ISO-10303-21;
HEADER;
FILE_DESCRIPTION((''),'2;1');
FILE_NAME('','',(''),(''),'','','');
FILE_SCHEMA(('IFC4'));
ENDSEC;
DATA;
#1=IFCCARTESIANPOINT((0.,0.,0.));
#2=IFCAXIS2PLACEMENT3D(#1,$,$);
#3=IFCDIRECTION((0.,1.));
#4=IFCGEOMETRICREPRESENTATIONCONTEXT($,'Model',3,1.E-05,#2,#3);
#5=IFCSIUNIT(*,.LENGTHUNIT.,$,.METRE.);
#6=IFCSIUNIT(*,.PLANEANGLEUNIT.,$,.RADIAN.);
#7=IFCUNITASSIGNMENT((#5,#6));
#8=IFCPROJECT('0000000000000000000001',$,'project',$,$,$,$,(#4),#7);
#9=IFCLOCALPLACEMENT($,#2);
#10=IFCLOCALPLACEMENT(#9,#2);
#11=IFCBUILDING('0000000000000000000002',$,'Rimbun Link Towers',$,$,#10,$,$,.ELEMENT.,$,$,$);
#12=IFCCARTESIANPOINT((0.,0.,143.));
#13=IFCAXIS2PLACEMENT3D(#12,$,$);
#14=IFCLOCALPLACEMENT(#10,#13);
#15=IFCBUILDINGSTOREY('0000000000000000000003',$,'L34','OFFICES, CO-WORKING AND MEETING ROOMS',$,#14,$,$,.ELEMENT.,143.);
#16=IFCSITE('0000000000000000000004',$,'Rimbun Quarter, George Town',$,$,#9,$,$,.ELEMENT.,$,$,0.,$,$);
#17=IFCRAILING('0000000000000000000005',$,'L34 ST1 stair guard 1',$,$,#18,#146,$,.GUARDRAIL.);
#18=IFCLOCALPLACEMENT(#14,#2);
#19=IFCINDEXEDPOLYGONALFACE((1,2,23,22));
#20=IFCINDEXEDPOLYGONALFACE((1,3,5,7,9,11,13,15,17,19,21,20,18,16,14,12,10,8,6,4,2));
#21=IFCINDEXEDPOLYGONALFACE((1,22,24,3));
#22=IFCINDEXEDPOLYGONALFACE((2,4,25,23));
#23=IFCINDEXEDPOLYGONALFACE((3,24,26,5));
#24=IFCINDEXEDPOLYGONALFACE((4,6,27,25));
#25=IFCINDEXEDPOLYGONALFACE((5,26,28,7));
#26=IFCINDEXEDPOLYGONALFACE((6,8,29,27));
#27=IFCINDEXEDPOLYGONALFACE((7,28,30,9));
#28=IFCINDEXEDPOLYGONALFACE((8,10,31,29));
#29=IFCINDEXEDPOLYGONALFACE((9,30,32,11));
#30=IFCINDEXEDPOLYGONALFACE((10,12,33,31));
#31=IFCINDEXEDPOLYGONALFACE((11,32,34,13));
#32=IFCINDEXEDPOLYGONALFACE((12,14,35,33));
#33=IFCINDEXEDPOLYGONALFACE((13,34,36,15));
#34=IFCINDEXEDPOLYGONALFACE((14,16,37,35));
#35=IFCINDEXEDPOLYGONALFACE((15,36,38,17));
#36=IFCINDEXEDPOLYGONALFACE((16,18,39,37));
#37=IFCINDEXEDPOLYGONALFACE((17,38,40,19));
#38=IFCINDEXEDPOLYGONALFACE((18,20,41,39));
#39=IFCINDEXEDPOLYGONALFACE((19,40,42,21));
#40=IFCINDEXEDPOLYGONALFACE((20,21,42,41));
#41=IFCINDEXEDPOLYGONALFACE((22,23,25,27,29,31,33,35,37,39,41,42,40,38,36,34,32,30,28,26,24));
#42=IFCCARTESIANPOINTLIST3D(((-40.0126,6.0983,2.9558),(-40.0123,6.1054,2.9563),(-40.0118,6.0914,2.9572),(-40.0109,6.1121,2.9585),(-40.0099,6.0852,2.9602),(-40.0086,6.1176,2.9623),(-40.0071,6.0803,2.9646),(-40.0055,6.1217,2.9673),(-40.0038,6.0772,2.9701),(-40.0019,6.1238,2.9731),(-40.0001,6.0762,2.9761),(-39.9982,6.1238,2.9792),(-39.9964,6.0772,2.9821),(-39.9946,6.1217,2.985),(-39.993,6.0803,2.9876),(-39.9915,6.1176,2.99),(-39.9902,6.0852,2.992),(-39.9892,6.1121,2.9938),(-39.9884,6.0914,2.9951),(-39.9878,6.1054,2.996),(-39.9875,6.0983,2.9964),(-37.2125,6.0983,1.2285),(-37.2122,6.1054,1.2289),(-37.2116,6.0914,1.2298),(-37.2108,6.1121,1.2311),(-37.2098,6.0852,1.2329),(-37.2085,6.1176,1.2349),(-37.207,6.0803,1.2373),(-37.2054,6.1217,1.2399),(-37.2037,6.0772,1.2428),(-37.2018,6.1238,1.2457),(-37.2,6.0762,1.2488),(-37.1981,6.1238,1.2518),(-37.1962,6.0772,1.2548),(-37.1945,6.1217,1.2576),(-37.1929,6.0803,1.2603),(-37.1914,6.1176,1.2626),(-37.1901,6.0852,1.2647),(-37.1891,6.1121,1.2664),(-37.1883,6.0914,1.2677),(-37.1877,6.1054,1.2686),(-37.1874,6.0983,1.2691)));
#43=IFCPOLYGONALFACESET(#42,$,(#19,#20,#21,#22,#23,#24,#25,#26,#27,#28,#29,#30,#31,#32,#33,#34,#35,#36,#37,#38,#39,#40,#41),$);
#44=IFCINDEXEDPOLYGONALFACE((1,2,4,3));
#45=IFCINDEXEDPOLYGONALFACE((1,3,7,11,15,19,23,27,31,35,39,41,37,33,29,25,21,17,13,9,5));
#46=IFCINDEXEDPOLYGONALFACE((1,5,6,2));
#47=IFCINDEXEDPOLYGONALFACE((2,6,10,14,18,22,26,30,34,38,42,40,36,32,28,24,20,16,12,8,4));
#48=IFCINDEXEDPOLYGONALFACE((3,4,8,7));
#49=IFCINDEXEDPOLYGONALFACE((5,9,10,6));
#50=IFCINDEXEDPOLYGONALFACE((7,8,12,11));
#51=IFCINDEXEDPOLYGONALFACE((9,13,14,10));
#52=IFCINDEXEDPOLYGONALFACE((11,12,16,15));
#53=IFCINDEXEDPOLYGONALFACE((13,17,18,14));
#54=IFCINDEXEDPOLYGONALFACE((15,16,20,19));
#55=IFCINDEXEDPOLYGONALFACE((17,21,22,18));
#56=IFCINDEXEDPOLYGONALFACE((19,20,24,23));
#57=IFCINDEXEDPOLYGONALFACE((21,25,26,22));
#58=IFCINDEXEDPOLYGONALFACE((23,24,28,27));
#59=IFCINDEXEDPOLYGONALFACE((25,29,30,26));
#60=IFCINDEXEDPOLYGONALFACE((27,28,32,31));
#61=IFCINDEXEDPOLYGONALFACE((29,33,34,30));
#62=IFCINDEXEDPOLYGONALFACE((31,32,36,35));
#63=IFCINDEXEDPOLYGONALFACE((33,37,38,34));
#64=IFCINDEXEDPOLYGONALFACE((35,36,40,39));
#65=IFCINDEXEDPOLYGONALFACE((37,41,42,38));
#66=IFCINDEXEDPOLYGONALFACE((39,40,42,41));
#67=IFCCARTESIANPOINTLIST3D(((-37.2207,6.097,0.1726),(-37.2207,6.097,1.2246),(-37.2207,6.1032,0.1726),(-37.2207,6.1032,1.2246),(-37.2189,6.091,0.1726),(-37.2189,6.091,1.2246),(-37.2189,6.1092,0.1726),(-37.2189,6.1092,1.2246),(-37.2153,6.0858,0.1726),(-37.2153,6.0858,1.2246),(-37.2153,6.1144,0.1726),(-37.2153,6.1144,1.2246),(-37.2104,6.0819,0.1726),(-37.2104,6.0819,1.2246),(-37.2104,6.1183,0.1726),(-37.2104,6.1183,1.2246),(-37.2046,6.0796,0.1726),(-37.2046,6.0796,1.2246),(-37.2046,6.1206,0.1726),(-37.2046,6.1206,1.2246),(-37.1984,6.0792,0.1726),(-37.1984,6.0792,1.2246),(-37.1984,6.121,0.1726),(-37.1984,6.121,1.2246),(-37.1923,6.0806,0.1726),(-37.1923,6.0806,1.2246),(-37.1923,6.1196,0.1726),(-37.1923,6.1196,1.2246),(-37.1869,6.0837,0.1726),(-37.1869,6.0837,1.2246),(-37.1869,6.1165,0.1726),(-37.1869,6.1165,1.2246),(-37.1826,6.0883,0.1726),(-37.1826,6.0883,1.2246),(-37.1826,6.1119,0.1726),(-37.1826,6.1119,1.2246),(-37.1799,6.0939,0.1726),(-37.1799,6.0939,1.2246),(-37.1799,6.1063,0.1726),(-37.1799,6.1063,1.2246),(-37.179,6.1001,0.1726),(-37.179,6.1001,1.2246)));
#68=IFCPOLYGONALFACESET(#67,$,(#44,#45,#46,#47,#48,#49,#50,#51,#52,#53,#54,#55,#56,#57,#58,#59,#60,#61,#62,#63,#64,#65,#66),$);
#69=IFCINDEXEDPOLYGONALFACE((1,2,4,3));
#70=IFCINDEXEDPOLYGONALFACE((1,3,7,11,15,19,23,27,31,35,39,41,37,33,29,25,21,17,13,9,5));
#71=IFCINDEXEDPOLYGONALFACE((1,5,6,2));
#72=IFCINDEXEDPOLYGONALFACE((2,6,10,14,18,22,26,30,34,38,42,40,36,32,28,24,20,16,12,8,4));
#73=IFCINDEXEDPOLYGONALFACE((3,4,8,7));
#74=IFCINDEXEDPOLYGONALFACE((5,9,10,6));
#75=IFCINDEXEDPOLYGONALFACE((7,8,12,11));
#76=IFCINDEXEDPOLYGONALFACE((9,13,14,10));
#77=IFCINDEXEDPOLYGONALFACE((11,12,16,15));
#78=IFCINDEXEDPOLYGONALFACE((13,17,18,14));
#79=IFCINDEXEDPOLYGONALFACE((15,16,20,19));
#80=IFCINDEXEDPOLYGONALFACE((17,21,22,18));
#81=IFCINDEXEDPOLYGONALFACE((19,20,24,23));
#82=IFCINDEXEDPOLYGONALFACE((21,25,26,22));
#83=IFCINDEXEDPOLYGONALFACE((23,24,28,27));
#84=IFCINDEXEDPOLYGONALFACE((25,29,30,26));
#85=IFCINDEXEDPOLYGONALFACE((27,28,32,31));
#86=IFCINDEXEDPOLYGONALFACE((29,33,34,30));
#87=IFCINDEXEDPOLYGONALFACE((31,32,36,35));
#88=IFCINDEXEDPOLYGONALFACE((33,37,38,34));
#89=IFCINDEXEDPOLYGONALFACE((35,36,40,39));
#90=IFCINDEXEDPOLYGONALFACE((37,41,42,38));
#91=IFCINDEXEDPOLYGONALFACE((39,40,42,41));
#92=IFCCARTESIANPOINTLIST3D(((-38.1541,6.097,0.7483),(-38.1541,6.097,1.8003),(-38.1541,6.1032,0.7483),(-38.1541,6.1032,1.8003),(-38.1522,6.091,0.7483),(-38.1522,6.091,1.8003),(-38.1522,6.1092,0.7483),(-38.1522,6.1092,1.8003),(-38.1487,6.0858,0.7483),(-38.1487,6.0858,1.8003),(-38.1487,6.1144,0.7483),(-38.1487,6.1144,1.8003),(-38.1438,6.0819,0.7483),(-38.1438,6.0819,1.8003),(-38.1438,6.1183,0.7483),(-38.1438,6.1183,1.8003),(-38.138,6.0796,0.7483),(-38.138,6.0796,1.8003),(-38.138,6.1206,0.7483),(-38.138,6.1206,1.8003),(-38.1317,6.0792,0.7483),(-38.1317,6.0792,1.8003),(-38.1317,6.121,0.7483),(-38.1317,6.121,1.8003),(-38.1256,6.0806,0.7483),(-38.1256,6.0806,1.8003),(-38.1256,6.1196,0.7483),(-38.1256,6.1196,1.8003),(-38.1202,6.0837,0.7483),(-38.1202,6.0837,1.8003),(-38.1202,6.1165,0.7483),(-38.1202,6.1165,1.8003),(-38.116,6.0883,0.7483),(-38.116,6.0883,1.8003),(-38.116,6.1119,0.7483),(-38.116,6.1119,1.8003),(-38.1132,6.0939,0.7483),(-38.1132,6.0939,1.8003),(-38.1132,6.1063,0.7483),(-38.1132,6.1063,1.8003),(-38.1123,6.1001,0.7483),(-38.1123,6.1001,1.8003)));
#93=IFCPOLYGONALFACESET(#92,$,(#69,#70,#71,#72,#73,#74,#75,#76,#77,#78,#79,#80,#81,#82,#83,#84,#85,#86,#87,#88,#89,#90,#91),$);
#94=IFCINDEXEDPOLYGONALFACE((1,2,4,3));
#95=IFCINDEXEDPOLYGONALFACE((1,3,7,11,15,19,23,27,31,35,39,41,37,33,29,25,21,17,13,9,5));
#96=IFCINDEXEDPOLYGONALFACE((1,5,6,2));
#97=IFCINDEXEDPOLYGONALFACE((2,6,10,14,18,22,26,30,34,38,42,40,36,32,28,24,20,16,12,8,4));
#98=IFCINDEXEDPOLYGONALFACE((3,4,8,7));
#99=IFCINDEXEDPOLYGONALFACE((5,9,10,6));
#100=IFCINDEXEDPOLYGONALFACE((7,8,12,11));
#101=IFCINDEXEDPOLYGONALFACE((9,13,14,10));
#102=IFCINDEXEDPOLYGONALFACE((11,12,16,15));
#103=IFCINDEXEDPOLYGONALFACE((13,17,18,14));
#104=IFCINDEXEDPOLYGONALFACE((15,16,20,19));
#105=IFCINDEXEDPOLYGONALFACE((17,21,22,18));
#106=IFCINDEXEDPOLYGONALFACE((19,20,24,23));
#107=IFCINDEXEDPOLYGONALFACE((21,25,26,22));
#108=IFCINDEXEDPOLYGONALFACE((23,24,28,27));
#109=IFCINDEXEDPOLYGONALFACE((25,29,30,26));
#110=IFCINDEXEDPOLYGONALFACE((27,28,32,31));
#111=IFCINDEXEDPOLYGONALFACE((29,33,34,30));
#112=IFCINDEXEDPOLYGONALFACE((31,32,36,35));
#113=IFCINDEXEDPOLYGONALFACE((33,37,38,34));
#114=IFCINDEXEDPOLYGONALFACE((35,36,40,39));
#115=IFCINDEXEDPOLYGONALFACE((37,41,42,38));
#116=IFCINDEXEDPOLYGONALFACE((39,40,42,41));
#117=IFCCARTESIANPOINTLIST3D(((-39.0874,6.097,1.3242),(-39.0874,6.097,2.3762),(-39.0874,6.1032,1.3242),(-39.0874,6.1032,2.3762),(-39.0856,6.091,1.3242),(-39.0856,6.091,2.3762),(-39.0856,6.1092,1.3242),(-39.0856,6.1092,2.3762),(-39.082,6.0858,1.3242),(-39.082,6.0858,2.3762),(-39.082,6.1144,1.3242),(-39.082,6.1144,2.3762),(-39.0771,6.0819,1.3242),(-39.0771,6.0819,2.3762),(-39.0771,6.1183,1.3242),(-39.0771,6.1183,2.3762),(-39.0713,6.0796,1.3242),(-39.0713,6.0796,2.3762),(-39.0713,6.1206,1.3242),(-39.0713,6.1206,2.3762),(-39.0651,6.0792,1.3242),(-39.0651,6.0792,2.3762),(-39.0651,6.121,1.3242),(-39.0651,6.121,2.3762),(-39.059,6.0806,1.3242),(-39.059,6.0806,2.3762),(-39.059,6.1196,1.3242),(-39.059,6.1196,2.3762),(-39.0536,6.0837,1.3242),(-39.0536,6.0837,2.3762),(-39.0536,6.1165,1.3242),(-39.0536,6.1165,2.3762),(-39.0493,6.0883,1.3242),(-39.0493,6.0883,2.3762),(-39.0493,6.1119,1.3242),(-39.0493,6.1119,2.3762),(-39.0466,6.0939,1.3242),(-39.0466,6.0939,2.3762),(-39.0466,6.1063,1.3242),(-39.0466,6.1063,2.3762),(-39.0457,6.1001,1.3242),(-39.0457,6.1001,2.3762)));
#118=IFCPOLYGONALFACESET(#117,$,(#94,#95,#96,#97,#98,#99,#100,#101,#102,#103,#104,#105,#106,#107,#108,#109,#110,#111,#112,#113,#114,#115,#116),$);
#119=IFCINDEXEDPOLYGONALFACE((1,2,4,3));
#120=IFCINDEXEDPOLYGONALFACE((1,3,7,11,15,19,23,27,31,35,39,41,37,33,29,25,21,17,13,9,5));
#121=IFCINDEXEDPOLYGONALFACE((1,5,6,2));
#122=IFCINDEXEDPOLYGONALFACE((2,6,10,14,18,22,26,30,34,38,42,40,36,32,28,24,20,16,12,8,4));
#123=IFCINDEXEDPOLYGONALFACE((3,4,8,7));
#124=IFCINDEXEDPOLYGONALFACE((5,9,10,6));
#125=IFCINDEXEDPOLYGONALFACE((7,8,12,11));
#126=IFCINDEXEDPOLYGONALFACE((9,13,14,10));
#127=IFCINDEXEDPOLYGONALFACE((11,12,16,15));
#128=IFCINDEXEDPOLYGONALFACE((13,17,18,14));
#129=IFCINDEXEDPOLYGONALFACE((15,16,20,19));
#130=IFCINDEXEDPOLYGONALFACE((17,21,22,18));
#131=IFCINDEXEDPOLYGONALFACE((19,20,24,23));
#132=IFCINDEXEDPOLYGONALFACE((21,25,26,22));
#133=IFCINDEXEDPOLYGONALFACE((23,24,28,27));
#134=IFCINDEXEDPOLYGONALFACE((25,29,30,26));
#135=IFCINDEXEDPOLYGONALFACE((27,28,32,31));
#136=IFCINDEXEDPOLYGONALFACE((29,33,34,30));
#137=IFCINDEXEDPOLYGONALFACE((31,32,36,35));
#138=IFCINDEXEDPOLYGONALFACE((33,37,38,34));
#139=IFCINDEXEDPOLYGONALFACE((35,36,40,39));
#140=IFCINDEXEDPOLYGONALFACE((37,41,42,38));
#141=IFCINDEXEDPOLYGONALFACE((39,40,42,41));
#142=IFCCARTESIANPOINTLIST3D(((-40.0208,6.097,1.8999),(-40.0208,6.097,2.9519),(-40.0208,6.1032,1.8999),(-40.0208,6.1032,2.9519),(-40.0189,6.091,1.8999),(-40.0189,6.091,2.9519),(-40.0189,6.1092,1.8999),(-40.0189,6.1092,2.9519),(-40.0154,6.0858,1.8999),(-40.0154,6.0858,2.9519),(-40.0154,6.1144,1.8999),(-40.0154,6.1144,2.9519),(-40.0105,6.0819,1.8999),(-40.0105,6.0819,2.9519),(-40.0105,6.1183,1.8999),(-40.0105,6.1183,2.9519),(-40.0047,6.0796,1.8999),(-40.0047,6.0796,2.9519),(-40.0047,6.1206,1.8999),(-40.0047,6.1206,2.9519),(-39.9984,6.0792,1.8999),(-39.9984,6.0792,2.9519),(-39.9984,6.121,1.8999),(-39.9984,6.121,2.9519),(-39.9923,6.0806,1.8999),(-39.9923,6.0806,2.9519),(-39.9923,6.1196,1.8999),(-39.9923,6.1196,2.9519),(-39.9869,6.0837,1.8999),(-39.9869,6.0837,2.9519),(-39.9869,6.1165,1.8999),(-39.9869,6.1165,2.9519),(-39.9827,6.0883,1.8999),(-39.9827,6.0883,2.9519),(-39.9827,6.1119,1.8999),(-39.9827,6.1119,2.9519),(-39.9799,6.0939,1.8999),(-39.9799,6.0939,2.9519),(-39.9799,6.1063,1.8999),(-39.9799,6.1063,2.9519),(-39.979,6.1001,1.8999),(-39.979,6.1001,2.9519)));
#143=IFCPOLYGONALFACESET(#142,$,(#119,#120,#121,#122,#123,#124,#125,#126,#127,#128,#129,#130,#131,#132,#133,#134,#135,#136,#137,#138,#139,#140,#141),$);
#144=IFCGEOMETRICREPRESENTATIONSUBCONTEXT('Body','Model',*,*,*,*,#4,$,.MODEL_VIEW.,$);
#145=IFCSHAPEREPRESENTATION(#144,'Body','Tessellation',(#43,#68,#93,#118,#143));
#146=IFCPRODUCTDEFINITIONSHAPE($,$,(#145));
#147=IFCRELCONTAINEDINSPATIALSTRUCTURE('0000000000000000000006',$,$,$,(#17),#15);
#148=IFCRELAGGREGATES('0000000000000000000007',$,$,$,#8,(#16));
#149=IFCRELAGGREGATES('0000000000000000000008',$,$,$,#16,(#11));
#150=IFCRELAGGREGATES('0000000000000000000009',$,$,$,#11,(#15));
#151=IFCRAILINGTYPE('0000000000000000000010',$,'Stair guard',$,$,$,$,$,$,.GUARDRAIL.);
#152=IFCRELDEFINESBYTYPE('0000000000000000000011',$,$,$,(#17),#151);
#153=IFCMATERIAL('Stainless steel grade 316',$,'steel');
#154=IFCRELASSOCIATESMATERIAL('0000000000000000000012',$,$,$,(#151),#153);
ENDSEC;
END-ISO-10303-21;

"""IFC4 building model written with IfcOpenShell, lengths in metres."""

from ifc_helpers import new_model, si_unit, direction, frame, origin, origin_2d, place, context, subcontext, project, spatial, circle, extrude, material, type_object, element, save


model = new_model("IFC4")

# Units and contexts
model_context = context("Model", 3, precision=1e-05, world=origin(), true_north=direction((0.0, 1.0)))
body_context = subcontext(model_context, "Body", "Model", "MODEL_VIEW")
ifc_project = project(units=[si_unit("LENGTHUNIT", "METRE"), si_unit("PLANEANGLEUNIT", "RADIAN")], contexts=[model_context])

# Site, building, storey
site_placement = place(None, origin())
site = spatial("IfcSite", under=ifc_project, at=site_placement, Name="Rimbun Quarter, George Town", CompositionType="ELEMENT", RefElevation=0.0)
building_placement = place(site_placement, origin())
building = spatial("IfcBuilding", under=site, at=building_placement, Name="Rimbun Link Towers", CompositionType="ELEMENT")
storey_placement = place(building_placement, frame((0.0, 0.0, 143.0)))
storey = spatial("IfcBuildingStorey", under=building, at=storey_placement, Name="L34", Description="OFFICES, CO-WORKING AND MEETING ROOMS", CompositionType="ELEMENT", Elevation=143.0)

# Railing
ifc_material_1 = material(Name="Stainless steel grade 316", Category="steel")
railing_type_1 = type_object("IfcRailingType", Name="Stair guard", PredefinedType="GUARDRAIL", material=ifc_material_1)
railing_1_placement = place(storey_placement, frame((-37.2, 6.1001, 0.1726)))
element("IfcRailing", 1, at=railing_1_placement, inside=storey, type_object=railing_type_1, Name="L34 ST1 stair guard 1", PredefinedType="GUARDRAIL", context=body_context, shape_type="SweptSolid", body=[
    extrude(circle(Radius=0.0239, at=origin_2d()), frame((0.0, 0.0, 1.0762), z_axis=(-0.85109, 0.0, 0.52502), x_axis=(0.0, -1.0, 0.0)), (0.0, 0.0, 1.0), 3.29),
    extrude(circle(Radius=0.021, at=origin_2d()), origin(), (0.0, 0.0, 1.0), 1.052),
    extrude(circle(Radius=0.021, at=origin_2d()), frame((-0.9333, 0.0, 0.5757)), (0.0, 0.0, 1.0), 1.052),
    extrude(circle(Radius=0.021, at=origin_2d()), frame((-1.8667, 0.0, 1.1516)), (0.0, 0.0, 1.0), 1.052),
    extrude(circle(Radius=0.021, at=origin_2d()), frame((-2.8, 0.0, 1.7273)), (0.0, 0.0, 1.0), 1.052),
])

save(model, "model.ifc")
